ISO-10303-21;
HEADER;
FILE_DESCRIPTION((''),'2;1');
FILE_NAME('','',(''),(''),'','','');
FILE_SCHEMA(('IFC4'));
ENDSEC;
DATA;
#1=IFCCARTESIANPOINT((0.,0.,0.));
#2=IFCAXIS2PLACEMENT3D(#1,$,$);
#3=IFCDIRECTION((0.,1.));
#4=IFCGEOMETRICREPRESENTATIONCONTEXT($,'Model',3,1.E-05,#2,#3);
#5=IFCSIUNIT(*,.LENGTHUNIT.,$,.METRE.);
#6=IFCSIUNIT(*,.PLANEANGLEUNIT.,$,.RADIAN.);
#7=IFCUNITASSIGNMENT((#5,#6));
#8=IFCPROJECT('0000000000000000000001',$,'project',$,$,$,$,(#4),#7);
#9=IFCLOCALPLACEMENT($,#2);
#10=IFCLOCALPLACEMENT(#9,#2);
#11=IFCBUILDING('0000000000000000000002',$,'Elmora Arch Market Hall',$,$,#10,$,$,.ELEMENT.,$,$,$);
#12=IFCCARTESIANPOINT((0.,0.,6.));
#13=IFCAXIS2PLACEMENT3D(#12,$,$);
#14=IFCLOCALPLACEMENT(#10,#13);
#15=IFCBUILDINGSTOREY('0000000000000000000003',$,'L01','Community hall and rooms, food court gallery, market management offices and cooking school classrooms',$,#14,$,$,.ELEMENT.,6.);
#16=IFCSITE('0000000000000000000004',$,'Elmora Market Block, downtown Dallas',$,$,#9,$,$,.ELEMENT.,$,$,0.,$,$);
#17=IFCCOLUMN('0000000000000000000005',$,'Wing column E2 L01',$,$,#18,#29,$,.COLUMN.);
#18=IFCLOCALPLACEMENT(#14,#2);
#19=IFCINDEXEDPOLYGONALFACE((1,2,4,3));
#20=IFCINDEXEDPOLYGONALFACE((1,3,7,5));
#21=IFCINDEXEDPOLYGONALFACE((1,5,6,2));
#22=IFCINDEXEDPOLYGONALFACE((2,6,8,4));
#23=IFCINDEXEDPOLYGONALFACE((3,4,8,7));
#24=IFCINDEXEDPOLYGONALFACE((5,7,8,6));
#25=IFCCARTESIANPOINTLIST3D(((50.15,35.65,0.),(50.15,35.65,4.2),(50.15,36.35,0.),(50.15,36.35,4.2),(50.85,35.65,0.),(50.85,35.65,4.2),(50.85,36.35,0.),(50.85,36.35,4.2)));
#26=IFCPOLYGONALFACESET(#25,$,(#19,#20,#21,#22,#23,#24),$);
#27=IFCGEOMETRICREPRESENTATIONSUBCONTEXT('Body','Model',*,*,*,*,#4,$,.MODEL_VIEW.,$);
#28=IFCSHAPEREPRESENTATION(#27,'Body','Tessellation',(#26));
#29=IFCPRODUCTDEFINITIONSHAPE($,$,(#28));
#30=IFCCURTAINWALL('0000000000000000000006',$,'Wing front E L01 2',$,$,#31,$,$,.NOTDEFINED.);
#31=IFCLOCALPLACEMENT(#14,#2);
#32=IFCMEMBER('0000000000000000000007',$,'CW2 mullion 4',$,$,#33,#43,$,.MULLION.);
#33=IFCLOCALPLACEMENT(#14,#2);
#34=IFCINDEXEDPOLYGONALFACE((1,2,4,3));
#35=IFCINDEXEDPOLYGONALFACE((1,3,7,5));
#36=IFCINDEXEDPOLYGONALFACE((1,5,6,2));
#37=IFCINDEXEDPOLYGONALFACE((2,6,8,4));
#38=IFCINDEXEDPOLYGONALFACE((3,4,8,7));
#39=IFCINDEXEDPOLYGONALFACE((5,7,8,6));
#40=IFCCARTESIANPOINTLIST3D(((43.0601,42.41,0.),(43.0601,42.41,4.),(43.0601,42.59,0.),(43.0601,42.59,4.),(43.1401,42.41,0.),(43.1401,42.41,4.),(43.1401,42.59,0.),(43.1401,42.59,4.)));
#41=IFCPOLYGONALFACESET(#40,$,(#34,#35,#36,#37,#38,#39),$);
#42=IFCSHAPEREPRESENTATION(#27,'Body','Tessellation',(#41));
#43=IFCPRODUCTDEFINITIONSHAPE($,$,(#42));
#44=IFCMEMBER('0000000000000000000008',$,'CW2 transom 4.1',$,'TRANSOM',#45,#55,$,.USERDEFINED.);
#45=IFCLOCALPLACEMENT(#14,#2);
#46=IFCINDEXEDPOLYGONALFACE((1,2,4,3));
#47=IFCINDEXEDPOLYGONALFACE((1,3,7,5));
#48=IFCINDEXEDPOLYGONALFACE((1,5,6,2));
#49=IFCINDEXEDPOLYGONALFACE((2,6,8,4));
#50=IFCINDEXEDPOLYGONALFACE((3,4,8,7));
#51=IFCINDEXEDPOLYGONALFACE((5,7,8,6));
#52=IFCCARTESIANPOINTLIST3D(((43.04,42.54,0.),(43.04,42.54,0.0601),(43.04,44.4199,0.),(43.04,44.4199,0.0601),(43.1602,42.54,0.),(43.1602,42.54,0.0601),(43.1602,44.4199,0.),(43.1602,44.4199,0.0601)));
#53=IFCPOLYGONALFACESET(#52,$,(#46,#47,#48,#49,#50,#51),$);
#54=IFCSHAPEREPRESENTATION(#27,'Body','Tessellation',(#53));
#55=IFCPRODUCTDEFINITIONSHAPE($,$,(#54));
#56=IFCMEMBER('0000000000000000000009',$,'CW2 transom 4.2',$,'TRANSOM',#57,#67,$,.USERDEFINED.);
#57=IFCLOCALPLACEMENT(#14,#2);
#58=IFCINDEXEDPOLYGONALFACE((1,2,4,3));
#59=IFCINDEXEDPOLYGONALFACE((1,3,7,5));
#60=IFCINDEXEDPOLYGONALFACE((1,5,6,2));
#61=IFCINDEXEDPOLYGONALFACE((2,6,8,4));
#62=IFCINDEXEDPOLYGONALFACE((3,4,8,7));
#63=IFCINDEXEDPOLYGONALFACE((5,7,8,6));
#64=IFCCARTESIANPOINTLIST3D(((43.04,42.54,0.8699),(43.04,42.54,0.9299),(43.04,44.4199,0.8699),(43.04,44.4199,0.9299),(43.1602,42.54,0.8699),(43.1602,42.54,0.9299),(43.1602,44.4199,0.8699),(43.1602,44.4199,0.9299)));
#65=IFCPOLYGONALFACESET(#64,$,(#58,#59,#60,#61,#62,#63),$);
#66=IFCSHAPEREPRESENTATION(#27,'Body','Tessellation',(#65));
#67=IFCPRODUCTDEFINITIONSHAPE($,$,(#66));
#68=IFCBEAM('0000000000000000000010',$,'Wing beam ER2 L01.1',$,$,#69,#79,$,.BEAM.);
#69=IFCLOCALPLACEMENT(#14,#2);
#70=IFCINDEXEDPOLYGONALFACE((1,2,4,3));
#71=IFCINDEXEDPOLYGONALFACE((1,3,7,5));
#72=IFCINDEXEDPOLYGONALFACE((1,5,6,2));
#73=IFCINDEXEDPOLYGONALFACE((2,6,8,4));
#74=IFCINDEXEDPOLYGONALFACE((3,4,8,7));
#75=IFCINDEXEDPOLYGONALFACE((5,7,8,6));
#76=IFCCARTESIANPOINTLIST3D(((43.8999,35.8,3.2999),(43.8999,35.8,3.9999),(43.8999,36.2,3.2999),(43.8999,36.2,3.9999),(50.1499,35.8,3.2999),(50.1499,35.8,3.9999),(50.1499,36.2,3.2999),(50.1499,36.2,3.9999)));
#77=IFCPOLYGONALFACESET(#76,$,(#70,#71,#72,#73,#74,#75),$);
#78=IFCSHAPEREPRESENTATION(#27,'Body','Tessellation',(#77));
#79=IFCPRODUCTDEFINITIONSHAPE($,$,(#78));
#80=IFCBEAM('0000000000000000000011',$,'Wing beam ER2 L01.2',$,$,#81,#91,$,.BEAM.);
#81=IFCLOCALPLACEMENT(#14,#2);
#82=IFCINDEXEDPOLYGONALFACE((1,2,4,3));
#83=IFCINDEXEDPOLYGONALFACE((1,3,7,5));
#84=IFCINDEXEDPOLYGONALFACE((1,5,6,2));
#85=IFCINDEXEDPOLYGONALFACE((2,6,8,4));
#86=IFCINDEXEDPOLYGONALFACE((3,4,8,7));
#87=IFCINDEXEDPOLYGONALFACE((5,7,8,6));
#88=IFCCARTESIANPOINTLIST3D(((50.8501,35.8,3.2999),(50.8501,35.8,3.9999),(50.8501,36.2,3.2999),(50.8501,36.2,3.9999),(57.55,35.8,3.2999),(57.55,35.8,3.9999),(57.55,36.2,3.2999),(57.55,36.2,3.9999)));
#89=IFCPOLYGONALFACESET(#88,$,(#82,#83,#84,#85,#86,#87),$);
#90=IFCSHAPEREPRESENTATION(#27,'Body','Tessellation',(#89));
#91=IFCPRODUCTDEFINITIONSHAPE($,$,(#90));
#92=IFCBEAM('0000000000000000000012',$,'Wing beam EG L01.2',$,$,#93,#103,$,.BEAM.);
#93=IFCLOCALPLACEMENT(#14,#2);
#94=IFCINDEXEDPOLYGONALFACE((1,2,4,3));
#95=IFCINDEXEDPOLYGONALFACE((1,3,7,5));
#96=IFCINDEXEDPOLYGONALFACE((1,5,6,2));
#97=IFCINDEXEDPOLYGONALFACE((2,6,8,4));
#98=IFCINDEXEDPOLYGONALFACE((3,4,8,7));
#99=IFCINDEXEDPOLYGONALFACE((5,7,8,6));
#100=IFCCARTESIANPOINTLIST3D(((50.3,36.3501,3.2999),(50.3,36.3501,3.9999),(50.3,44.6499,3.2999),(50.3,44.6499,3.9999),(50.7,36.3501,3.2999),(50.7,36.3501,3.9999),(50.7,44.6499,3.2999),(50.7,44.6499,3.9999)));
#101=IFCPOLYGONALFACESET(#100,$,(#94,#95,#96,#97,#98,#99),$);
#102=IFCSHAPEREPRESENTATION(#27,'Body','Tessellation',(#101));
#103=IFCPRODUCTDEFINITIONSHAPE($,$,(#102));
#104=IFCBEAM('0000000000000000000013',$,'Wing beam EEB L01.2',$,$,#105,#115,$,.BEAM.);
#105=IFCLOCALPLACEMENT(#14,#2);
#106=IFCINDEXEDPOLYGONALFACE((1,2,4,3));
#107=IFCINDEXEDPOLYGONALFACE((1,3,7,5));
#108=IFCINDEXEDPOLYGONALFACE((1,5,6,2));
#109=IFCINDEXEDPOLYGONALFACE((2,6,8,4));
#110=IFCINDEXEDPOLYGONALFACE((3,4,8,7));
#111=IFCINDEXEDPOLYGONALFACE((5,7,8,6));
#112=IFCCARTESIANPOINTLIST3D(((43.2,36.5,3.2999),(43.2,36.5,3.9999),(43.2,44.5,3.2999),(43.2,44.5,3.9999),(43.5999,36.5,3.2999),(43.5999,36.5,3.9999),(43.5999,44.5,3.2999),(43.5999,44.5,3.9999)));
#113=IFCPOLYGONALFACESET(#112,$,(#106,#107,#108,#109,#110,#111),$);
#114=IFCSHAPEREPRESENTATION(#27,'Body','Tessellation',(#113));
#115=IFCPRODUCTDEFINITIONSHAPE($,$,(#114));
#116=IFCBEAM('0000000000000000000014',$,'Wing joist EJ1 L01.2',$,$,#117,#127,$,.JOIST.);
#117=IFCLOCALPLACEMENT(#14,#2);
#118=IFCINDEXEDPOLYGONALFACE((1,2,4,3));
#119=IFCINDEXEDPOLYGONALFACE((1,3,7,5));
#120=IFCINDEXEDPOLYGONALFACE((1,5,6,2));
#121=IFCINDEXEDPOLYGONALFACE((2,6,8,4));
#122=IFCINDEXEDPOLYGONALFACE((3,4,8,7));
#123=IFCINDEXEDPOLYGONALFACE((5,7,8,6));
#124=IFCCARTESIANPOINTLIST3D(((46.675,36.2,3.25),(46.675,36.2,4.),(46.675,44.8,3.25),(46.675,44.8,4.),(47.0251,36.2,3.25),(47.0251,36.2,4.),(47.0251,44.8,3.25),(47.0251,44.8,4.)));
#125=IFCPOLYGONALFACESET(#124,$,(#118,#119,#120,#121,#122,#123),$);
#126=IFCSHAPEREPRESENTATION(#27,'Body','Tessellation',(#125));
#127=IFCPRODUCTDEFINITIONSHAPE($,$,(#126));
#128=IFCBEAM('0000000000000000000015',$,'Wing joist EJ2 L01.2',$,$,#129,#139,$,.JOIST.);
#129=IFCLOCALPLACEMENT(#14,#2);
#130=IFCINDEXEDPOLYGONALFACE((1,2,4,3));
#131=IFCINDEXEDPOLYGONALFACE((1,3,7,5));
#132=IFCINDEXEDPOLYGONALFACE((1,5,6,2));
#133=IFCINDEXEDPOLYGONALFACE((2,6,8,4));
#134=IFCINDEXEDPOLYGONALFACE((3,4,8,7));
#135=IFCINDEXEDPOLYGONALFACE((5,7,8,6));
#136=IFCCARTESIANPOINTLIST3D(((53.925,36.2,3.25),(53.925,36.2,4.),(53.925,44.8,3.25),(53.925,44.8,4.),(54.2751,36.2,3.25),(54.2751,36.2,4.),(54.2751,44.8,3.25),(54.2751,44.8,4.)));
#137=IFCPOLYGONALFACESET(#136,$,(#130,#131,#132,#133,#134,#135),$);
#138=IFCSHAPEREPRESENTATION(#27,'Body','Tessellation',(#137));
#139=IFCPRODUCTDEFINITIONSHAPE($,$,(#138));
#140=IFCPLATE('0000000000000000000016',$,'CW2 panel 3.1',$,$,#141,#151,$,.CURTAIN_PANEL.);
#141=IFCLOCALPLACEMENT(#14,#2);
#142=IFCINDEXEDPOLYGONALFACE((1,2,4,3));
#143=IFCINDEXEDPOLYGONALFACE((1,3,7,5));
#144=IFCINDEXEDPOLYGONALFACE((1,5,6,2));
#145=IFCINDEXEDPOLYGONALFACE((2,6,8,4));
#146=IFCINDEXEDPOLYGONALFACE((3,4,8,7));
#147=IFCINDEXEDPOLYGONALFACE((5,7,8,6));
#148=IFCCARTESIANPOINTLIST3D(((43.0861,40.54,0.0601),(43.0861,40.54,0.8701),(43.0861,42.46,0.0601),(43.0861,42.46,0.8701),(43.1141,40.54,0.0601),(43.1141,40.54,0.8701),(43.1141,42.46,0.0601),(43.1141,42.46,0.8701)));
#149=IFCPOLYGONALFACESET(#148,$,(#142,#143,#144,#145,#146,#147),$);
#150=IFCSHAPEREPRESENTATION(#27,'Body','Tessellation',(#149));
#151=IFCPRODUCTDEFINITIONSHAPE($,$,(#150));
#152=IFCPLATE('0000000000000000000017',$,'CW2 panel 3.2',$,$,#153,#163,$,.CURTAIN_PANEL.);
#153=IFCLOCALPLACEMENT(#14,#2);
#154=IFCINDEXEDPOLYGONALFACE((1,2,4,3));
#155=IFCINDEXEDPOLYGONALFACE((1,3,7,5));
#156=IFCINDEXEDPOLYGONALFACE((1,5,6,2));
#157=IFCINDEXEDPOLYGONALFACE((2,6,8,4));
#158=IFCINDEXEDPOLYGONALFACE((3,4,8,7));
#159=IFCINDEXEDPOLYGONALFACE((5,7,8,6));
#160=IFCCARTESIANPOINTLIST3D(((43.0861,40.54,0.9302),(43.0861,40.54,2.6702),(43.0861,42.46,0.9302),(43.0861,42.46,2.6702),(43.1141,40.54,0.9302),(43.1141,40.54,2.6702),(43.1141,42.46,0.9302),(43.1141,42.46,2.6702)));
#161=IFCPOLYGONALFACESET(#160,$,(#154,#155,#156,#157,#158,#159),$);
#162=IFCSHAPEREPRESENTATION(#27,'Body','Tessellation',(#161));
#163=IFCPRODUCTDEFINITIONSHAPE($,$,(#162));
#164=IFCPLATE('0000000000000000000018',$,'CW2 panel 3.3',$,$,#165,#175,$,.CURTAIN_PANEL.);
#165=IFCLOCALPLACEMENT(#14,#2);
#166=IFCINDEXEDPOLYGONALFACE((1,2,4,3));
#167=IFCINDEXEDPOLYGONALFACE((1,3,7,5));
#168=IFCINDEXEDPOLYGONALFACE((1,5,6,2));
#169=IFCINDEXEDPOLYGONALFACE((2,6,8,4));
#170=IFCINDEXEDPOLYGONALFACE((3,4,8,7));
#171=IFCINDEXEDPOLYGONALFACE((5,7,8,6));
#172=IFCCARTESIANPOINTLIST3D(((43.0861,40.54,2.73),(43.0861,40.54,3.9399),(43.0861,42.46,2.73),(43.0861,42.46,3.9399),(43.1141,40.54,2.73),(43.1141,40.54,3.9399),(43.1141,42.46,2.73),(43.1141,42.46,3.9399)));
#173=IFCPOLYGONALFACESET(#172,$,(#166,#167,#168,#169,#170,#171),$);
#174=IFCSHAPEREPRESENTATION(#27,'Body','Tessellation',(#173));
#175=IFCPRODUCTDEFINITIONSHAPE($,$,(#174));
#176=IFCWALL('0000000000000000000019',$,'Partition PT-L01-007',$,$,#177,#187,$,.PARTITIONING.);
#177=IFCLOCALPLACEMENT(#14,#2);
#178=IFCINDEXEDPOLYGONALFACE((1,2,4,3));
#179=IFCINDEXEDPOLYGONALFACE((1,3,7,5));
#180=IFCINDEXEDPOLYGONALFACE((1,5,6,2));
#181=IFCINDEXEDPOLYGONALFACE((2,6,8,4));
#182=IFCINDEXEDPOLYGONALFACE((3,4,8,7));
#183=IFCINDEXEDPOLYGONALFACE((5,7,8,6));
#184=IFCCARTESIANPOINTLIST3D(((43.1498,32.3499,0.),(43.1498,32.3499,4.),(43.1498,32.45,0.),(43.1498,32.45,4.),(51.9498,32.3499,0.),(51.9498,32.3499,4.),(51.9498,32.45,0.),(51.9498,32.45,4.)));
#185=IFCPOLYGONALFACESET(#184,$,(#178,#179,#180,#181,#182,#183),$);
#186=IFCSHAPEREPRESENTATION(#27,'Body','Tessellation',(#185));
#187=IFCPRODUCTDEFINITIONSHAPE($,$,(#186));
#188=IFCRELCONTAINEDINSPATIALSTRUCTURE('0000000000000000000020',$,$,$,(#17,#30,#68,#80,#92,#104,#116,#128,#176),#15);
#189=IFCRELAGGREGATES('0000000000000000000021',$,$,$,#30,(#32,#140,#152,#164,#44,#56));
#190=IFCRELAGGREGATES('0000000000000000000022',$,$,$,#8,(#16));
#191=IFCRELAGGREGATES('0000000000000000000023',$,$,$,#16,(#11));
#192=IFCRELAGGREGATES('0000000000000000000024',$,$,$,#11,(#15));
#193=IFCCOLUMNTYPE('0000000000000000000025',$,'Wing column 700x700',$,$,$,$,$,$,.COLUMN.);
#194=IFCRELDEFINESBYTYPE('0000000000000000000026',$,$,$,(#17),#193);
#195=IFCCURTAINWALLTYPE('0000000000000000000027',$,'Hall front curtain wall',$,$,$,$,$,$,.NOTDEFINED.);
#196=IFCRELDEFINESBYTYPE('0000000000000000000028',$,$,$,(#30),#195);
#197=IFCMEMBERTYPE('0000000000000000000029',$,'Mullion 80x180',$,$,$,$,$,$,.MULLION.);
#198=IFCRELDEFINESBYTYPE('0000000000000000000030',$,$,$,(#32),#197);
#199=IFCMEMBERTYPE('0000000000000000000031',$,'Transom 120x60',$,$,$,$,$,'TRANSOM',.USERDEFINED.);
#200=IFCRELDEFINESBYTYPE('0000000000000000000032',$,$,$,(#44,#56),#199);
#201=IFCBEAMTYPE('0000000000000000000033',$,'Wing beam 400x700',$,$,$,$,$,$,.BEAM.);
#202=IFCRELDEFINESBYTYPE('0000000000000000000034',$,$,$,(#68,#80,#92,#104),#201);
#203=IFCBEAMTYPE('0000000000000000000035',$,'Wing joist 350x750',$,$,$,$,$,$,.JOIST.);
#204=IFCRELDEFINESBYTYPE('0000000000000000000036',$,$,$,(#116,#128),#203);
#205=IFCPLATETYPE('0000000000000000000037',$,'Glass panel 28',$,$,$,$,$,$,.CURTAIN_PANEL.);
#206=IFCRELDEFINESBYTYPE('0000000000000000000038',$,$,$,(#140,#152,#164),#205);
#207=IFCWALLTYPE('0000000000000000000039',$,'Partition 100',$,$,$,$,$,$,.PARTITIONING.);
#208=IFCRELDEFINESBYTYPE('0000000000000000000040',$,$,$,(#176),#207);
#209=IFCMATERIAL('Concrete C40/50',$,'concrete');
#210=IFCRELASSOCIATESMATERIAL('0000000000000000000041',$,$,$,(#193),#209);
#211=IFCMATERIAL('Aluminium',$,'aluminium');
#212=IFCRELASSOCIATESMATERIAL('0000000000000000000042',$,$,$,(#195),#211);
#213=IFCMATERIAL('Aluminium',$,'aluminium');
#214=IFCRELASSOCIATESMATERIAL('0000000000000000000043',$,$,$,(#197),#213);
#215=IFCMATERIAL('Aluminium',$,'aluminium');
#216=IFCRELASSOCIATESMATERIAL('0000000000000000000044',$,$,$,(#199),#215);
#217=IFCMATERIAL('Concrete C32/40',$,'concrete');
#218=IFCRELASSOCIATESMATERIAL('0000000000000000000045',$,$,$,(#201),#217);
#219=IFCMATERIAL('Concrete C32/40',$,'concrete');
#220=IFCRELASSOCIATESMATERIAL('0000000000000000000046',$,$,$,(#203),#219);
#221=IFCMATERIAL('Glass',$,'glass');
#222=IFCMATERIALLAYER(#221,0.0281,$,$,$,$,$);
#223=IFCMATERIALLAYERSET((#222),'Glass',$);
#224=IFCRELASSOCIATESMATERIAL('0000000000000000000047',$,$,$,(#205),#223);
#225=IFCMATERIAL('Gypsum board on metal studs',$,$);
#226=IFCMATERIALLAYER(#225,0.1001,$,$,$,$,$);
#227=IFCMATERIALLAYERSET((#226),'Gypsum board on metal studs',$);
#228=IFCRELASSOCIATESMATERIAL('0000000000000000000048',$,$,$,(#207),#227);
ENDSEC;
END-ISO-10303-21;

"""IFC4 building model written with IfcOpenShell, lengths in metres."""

from ifc_helpers import new_model, si_unit, direction, frame, frame_2d, origin, origin_2d, place, context, subcontext, project, spatial, rectangle, extrude, material, layer, layer_set, material_profile, profile_set, type_object, element, aggregate, save


model = new_model("IFC4")

# Units and contexts
model_context = context("Model", 3, precision=1e-05, world=origin(), true_north=direction((0.0, 1.0)))
body_context = subcontext(model_context, "Body", "Model", "MODEL_VIEW")
ifc_project = project(units=[si_unit("LENGTHUNIT", "METRE"), si_unit("PLANEANGLEUNIT", "RADIAN")], contexts=[model_context])

# Site, building, storey
site_placement = place(None, origin())
site = spatial("IfcSite", under=ifc_project, at=site_placement, Name="Elmora Market Block, downtown Dallas", CompositionType="ELEMENT", RefElevation=0.0)
building_placement = place(site_placement, origin())
building = spatial("IfcBuilding", under=site, at=building_placement, Name="Elmora Arch Market Hall", CompositionType="ELEMENT")
storey_placement = place(building_placement, frame((0.0, 0.0, 6.0)))
storey = spatial("IfcBuildingStorey", under=building, at=storey_placement, Name="L01", Description="Community hall and rooms, food court gallery, market management offices and cooking school classrooms", CompositionType="ELEMENT", Elevation=6.0)

# Column
ifc_material_1 = material(Name="Concrete C40/50", Category="concrete")
ifc_material_profile_1 = material_profile(ifc_material_1, rectangle(XDim=0.7, YDim=0.7, at=origin_2d()), Name="Wing column 700x700")
ifc_profile_set_1 = profile_set([ifc_material_profile_1], Name="Concrete C40/50")
column_type = type_object("IfcColumnType", Name="Wing column 700x700", PredefinedType="COLUMN", material=ifc_profile_set_1)
column_placement = place(storey_placement, frame((50.5, 36.0, 0.0), z_axis=(0.0, 0.0, 1.0), x_axis=(1.0, 0.0, 0.0)))
element("IfcColumn", 1, at=column_placement, inside=storey, type_object=column_type, Name="Wing column E2 L01", PredefinedType="COLUMN", context=body_context, shape_type="SweptSolid", body=[
    extrude(rectangle(XDim=0.7, YDim=0.7, at=origin_2d()), origin(), (0.0, 0.0, 1.0), 4.2),
])

# Curtain wall, members
ifc_material_2 = material(Name="Aluminium", Category="aluminium")
curtain_wall_type = type_object("IfcCurtainWallType", Name="Hall front curtain wall", PredefinedType="NOTDEFINED", material=ifc_material_2)
curtain_wall_placement = place(storey_placement, origin())
curtain_wall = element("IfcCurtainWall", 2, at=curtain_wall_placement, inside=storey, type_object=curtain_wall_type, Name="Wing front E L01 2", PredefinedType="NOTDEFINED")
ifc_material_3 = material(Name="Aluminium", Category="aluminium")
ifc_material_profile_2 = material_profile(ifc_material_3, rectangle(XDim=0.0801, YDim=0.1799, at=origin_2d()), Name="AL 80x180")
ifc_profile_set_2 = profile_set([ifc_material_profile_2], Name="Aluminium")
member_type_1 = type_object("IfcMemberType", Name="Mullion 80x180", PredefinedType="MULLION", material=ifc_profile_set_2)
member_1_placement = place(storey_placement, frame((43.1001, 42.5, 0.0), z_axis=(0.0, 0.0, 1.0), x_axis=(-1.0, 0.0, 0.0)))
member_1 = element("IfcMember", 3, at=member_1_placement, type_object=member_type_1, Name="CW2 mullion 4", PredefinedType="MULLION", context=body_context, shape_type="SweptSolid", body=[
    extrude(rectangle(XDim=0.0801, YDim=0.1799, at=origin_2d()), origin(), (0.0, 0.0, 1.0), 4.0),
])
ifc_material_4 = material(Name="Aluminium", Category="aluminium")
ifc_material_profile_3 = material_profile(ifc_material_4, rectangle(XDim=0.1201, YDim=0.0601, at=origin_2d()), Name="AL 120x60")
ifc_profile_set_3 = profile_set([ifc_material_profile_3], Name="Aluminium")
member_type_2 = type_object("IfcMemberType", Name="Transom 120x60", ElementType="TRANSOM", PredefinedType="USERDEFINED", material=ifc_profile_set_3)
member_2_placement = place(storey_placement, frame((43.1001, 42.54, 0.03), z_axis=(0.0, 1.0, 0.0), x_axis=(-1.0, 0.0, 0.0)))
member_2 = element("IfcMember", 4, at=member_2_placement, type_object=member_type_2, Name="CW2 transom 4.1", ObjectType="TRANSOM", PredefinedType="USERDEFINED", context=body_context, shape_type="SweptSolid", body=[
    extrude(rectangle(XDim=0.1201, YDim=0.0601, at=origin_2d()), origin(), (0.0, 0.0, 1.0), 1.8799),
])
member_3_placement = place(storey_placement, frame((43.1001, 42.54, 0.8999), z_axis=(0.0, 1.0, 0.0), x_axis=(-1.0, 0.0, 0.0)))
member_3 = element("IfcMember", 5, at=member_3_placement, type_object=member_type_2, Name="CW2 transom 4.2", ObjectType="TRANSOM", PredefinedType="USERDEFINED", context=body_context, shape_type="SweptSolid", body=[
    extrude(rectangle(XDim=0.1201, YDim=0.0601, at=origin_2d()), origin(), (0.0, 0.0, 1.0), 1.8799),
])

# Beams
ifc_material_5 = material(Name="Concrete C32/40", Category="concrete")
ifc_material_profile_4 = material_profile(ifc_material_5, rectangle(XDim=0.3999, YDim=0.7, at=origin_2d()), Name="Wing beam 400x700")
ifc_profile_set_4 = profile_set([ifc_material_profile_4], Name="Concrete C32/40")
beam_type_1 = type_object("IfcBeamType", Name="Wing beam 400x700", PredefinedType="BEAM", material=ifc_profile_set_4)
beam_1_placement = place(storey_placement, frame((43.8999, 36.0, 3.6499), z_axis=(1.0, 0.0, 0.0), x_axis=(0.0, 1.0, 0.0)))
element("IfcBeam", 6, at=beam_1_placement, inside=storey, type_object=beam_type_1, Name="Wing beam ER2 L01.1", PredefinedType="BEAM", context=body_context, shape_type="SweptSolid", body=[
    extrude(rectangle(XDim=0.3999, YDim=0.7, at=origin_2d()), origin(), (0.0, 0.0, 1.0), 6.25),
])
beam_2_placement = place(storey_placement, frame((50.8501, 36.0, 3.6499), z_axis=(1.0, 0.0, 0.0), x_axis=(0.0, 1.0, 0.0)))
element("IfcBeam", 7, at=beam_2_placement, inside=storey, type_object=beam_type_1, Name="Wing beam ER2 L01.2", PredefinedType="BEAM", context=body_context, shape_type="SweptSolid", body=[
    extrude(rectangle(XDim=0.3999, YDim=0.7, at=origin_2d()), origin(), (0.0, 0.0, 1.0), 6.7),
])
beam_3_placement = place(storey_placement, frame((50.5, 36.3501, 3.6499), z_axis=(0.0, 1.0, 0.0), x_axis=(-1.0, 0.0, 0.0)))
element("IfcBeam", 8, at=beam_3_placement, inside=storey, type_object=beam_type_1, Name="Wing beam EG L01.2", PredefinedType="BEAM", context=body_context, shape_type="SweptSolid", body=[
    extrude(rectangle(XDim=0.3999, YDim=0.7, at=origin_2d()), origin(), (0.0, 0.0, 1.0), 8.2998),
])
beam_4_placement = place(storey_placement, frame((43.3999, 36.5, 3.6499), z_axis=(0.0, 1.0, 0.0), x_axis=(-1.0, 0.0, 0.0)))
element("IfcBeam", 9, at=beam_4_placement, inside=storey, type_object=beam_type_1, Name="Wing beam EEB L01.2", PredefinedType="BEAM", context=body_context, shape_type="SweptSolid", body=[
    extrude(rectangle(XDim=0.3999, YDim=0.7, at=origin_2d()), origin(), (0.0, 0.0, 1.0), 8.0),
])
ifc_material_6 = material(Name="Concrete C32/40", Category="concrete")
ifc_material_profile_5 = material_profile(ifc_material_6, rectangle(XDim=0.3501, YDim=0.75, at=origin_2d()), Name="Wing joist 350x750")
ifc_profile_set_5 = profile_set([ifc_material_profile_5], Name="Concrete C32/40")
beam_type_2 = type_object("IfcBeamType", Name="Wing joist 350x750", PredefinedType="JOIST", material=ifc_profile_set_5)
for number, where, z_axis, x_axis, name in (
    (10, (46.8501, 36.2, 3.625), (0.0, 1.0, 0.0), (-1.0, 0.0, 0.0), "Wing joist EJ1 L01.2"),
    (11, (54.1001, 36.2, 3.625), (0.0, 1.0, 0.0), (-1.0, 0.0, 0.0), "Wing joist EJ2 L01.2"),
):
    element("IfcBeam", number, at=place(storey_placement, frame(where, z_axis=z_axis, x_axis=x_axis)), inside=storey, type_object=beam_type_2, Name=name, PredefinedType="JOIST", context=body_context, shape_type="SweptSolid", body=[
        extrude(rectangle(XDim=0.3501, YDim=0.75, at=origin_2d()), origin(), (0.0, 0.0, 1.0), 8.6001),
    ])

# Plates
ifc_material_7 = material(Name="Glass", Category="glass")
ifc_layer_1 = layer(ifc_material_7, 0.0281)
ifc_layer_set_1 = layer_set([ifc_layer_1], Name="Glass")
plate_type = type_object("IfcPlateType", Name="Glass panel 28", PredefinedType="CURTAIN_PANEL", material=ifc_layer_set_1)
plate_1_placement = place(storey_placement, frame((43.1001, 41.5, 0.0601), z_axis=(0.0, 0.0, 1.0), x_axis=(0.0, 1.0, 0.0)))
plate_1 = element("IfcPlate", 12, at=plate_1_placement, type_object=plate_type, Name="CW2 panel 3.1", PredefinedType="CURTAIN_PANEL", context=body_context, shape_type="SweptSolid", body=[
    extrude(rectangle(XDim=1.9199, YDim=0.0281, at=origin_2d()), origin(), (0.0, 0.0, 1.0), 0.8101),
])
plate_2_placement = place(storey_placement, frame((43.1001, 41.5, 0.9302), z_axis=(0.0, 0.0, 1.0), x_axis=(0.0, 1.0, 0.0)))
plate_2 = element("IfcPlate", 13, at=plate_2_placement, type_object=plate_type, Name="CW2 panel 3.2", PredefinedType="CURTAIN_PANEL", context=body_context, shape_type="SweptSolid", body=[
    extrude(rectangle(XDim=1.9199, YDim=0.0281, at=origin_2d()), origin(), (0.0, 0.0, 1.0), 1.74),
])
plate_3_placement = place(storey_placement, frame((43.1001, 41.5, 2.73), z_axis=(0.0, 0.0, 1.0), x_axis=(0.0, 1.0, 0.0)))
plate_3 = element("IfcPlate", 14, at=plate_3_placement, type_object=plate_type, Name="CW2 panel 3.3", PredefinedType="CURTAIN_PANEL", context=body_context, shape_type="SweptSolid", body=[
    extrude(rectangle(XDim=1.9199, YDim=0.0281, at=origin_2d()), origin(), (0.0, 0.0, 1.0), 1.21),
])
aggregate(curtain_wall, [member_1, plate_1, plate_2, plate_3, member_2, member_3])

# Wall
ifc_material_8 = material(Name="Gypsum board on metal studs")
ifc_layer_2 = layer(ifc_material_8, 0.1001)
ifc_layer_set_2 = layer_set([ifc_layer_2], Name="Gypsum board on metal studs")
wall_type_1 = type_object("IfcWallType", Name="Partition 100", PredefinedType="PARTITIONING", material=ifc_layer_set_2)
for number, where, z_axis, x_axis, name in (
    (15, (43.1499, 32.3999, 0.0), (0.0, 0.0, 1.0), (1.0, 0.0, 0.0), "Partition PT-L01-007"),
):
    element("IfcWall", number, at=place(storey_placement, frame(where, z_axis=z_axis, x_axis=x_axis)), inside=storey, type_object=wall_type_1, Name=name, PredefinedType="PARTITIONING", context=body_context, shape_type="SweptSolid", body=[
        extrude(rectangle(XDim=8.8, YDim=0.1001, at=frame_2d((4.3999, 0.0))), origin(), (0.0, 0.0, 1.0), 4.0),
    ])

save(model, "model.ifc")
